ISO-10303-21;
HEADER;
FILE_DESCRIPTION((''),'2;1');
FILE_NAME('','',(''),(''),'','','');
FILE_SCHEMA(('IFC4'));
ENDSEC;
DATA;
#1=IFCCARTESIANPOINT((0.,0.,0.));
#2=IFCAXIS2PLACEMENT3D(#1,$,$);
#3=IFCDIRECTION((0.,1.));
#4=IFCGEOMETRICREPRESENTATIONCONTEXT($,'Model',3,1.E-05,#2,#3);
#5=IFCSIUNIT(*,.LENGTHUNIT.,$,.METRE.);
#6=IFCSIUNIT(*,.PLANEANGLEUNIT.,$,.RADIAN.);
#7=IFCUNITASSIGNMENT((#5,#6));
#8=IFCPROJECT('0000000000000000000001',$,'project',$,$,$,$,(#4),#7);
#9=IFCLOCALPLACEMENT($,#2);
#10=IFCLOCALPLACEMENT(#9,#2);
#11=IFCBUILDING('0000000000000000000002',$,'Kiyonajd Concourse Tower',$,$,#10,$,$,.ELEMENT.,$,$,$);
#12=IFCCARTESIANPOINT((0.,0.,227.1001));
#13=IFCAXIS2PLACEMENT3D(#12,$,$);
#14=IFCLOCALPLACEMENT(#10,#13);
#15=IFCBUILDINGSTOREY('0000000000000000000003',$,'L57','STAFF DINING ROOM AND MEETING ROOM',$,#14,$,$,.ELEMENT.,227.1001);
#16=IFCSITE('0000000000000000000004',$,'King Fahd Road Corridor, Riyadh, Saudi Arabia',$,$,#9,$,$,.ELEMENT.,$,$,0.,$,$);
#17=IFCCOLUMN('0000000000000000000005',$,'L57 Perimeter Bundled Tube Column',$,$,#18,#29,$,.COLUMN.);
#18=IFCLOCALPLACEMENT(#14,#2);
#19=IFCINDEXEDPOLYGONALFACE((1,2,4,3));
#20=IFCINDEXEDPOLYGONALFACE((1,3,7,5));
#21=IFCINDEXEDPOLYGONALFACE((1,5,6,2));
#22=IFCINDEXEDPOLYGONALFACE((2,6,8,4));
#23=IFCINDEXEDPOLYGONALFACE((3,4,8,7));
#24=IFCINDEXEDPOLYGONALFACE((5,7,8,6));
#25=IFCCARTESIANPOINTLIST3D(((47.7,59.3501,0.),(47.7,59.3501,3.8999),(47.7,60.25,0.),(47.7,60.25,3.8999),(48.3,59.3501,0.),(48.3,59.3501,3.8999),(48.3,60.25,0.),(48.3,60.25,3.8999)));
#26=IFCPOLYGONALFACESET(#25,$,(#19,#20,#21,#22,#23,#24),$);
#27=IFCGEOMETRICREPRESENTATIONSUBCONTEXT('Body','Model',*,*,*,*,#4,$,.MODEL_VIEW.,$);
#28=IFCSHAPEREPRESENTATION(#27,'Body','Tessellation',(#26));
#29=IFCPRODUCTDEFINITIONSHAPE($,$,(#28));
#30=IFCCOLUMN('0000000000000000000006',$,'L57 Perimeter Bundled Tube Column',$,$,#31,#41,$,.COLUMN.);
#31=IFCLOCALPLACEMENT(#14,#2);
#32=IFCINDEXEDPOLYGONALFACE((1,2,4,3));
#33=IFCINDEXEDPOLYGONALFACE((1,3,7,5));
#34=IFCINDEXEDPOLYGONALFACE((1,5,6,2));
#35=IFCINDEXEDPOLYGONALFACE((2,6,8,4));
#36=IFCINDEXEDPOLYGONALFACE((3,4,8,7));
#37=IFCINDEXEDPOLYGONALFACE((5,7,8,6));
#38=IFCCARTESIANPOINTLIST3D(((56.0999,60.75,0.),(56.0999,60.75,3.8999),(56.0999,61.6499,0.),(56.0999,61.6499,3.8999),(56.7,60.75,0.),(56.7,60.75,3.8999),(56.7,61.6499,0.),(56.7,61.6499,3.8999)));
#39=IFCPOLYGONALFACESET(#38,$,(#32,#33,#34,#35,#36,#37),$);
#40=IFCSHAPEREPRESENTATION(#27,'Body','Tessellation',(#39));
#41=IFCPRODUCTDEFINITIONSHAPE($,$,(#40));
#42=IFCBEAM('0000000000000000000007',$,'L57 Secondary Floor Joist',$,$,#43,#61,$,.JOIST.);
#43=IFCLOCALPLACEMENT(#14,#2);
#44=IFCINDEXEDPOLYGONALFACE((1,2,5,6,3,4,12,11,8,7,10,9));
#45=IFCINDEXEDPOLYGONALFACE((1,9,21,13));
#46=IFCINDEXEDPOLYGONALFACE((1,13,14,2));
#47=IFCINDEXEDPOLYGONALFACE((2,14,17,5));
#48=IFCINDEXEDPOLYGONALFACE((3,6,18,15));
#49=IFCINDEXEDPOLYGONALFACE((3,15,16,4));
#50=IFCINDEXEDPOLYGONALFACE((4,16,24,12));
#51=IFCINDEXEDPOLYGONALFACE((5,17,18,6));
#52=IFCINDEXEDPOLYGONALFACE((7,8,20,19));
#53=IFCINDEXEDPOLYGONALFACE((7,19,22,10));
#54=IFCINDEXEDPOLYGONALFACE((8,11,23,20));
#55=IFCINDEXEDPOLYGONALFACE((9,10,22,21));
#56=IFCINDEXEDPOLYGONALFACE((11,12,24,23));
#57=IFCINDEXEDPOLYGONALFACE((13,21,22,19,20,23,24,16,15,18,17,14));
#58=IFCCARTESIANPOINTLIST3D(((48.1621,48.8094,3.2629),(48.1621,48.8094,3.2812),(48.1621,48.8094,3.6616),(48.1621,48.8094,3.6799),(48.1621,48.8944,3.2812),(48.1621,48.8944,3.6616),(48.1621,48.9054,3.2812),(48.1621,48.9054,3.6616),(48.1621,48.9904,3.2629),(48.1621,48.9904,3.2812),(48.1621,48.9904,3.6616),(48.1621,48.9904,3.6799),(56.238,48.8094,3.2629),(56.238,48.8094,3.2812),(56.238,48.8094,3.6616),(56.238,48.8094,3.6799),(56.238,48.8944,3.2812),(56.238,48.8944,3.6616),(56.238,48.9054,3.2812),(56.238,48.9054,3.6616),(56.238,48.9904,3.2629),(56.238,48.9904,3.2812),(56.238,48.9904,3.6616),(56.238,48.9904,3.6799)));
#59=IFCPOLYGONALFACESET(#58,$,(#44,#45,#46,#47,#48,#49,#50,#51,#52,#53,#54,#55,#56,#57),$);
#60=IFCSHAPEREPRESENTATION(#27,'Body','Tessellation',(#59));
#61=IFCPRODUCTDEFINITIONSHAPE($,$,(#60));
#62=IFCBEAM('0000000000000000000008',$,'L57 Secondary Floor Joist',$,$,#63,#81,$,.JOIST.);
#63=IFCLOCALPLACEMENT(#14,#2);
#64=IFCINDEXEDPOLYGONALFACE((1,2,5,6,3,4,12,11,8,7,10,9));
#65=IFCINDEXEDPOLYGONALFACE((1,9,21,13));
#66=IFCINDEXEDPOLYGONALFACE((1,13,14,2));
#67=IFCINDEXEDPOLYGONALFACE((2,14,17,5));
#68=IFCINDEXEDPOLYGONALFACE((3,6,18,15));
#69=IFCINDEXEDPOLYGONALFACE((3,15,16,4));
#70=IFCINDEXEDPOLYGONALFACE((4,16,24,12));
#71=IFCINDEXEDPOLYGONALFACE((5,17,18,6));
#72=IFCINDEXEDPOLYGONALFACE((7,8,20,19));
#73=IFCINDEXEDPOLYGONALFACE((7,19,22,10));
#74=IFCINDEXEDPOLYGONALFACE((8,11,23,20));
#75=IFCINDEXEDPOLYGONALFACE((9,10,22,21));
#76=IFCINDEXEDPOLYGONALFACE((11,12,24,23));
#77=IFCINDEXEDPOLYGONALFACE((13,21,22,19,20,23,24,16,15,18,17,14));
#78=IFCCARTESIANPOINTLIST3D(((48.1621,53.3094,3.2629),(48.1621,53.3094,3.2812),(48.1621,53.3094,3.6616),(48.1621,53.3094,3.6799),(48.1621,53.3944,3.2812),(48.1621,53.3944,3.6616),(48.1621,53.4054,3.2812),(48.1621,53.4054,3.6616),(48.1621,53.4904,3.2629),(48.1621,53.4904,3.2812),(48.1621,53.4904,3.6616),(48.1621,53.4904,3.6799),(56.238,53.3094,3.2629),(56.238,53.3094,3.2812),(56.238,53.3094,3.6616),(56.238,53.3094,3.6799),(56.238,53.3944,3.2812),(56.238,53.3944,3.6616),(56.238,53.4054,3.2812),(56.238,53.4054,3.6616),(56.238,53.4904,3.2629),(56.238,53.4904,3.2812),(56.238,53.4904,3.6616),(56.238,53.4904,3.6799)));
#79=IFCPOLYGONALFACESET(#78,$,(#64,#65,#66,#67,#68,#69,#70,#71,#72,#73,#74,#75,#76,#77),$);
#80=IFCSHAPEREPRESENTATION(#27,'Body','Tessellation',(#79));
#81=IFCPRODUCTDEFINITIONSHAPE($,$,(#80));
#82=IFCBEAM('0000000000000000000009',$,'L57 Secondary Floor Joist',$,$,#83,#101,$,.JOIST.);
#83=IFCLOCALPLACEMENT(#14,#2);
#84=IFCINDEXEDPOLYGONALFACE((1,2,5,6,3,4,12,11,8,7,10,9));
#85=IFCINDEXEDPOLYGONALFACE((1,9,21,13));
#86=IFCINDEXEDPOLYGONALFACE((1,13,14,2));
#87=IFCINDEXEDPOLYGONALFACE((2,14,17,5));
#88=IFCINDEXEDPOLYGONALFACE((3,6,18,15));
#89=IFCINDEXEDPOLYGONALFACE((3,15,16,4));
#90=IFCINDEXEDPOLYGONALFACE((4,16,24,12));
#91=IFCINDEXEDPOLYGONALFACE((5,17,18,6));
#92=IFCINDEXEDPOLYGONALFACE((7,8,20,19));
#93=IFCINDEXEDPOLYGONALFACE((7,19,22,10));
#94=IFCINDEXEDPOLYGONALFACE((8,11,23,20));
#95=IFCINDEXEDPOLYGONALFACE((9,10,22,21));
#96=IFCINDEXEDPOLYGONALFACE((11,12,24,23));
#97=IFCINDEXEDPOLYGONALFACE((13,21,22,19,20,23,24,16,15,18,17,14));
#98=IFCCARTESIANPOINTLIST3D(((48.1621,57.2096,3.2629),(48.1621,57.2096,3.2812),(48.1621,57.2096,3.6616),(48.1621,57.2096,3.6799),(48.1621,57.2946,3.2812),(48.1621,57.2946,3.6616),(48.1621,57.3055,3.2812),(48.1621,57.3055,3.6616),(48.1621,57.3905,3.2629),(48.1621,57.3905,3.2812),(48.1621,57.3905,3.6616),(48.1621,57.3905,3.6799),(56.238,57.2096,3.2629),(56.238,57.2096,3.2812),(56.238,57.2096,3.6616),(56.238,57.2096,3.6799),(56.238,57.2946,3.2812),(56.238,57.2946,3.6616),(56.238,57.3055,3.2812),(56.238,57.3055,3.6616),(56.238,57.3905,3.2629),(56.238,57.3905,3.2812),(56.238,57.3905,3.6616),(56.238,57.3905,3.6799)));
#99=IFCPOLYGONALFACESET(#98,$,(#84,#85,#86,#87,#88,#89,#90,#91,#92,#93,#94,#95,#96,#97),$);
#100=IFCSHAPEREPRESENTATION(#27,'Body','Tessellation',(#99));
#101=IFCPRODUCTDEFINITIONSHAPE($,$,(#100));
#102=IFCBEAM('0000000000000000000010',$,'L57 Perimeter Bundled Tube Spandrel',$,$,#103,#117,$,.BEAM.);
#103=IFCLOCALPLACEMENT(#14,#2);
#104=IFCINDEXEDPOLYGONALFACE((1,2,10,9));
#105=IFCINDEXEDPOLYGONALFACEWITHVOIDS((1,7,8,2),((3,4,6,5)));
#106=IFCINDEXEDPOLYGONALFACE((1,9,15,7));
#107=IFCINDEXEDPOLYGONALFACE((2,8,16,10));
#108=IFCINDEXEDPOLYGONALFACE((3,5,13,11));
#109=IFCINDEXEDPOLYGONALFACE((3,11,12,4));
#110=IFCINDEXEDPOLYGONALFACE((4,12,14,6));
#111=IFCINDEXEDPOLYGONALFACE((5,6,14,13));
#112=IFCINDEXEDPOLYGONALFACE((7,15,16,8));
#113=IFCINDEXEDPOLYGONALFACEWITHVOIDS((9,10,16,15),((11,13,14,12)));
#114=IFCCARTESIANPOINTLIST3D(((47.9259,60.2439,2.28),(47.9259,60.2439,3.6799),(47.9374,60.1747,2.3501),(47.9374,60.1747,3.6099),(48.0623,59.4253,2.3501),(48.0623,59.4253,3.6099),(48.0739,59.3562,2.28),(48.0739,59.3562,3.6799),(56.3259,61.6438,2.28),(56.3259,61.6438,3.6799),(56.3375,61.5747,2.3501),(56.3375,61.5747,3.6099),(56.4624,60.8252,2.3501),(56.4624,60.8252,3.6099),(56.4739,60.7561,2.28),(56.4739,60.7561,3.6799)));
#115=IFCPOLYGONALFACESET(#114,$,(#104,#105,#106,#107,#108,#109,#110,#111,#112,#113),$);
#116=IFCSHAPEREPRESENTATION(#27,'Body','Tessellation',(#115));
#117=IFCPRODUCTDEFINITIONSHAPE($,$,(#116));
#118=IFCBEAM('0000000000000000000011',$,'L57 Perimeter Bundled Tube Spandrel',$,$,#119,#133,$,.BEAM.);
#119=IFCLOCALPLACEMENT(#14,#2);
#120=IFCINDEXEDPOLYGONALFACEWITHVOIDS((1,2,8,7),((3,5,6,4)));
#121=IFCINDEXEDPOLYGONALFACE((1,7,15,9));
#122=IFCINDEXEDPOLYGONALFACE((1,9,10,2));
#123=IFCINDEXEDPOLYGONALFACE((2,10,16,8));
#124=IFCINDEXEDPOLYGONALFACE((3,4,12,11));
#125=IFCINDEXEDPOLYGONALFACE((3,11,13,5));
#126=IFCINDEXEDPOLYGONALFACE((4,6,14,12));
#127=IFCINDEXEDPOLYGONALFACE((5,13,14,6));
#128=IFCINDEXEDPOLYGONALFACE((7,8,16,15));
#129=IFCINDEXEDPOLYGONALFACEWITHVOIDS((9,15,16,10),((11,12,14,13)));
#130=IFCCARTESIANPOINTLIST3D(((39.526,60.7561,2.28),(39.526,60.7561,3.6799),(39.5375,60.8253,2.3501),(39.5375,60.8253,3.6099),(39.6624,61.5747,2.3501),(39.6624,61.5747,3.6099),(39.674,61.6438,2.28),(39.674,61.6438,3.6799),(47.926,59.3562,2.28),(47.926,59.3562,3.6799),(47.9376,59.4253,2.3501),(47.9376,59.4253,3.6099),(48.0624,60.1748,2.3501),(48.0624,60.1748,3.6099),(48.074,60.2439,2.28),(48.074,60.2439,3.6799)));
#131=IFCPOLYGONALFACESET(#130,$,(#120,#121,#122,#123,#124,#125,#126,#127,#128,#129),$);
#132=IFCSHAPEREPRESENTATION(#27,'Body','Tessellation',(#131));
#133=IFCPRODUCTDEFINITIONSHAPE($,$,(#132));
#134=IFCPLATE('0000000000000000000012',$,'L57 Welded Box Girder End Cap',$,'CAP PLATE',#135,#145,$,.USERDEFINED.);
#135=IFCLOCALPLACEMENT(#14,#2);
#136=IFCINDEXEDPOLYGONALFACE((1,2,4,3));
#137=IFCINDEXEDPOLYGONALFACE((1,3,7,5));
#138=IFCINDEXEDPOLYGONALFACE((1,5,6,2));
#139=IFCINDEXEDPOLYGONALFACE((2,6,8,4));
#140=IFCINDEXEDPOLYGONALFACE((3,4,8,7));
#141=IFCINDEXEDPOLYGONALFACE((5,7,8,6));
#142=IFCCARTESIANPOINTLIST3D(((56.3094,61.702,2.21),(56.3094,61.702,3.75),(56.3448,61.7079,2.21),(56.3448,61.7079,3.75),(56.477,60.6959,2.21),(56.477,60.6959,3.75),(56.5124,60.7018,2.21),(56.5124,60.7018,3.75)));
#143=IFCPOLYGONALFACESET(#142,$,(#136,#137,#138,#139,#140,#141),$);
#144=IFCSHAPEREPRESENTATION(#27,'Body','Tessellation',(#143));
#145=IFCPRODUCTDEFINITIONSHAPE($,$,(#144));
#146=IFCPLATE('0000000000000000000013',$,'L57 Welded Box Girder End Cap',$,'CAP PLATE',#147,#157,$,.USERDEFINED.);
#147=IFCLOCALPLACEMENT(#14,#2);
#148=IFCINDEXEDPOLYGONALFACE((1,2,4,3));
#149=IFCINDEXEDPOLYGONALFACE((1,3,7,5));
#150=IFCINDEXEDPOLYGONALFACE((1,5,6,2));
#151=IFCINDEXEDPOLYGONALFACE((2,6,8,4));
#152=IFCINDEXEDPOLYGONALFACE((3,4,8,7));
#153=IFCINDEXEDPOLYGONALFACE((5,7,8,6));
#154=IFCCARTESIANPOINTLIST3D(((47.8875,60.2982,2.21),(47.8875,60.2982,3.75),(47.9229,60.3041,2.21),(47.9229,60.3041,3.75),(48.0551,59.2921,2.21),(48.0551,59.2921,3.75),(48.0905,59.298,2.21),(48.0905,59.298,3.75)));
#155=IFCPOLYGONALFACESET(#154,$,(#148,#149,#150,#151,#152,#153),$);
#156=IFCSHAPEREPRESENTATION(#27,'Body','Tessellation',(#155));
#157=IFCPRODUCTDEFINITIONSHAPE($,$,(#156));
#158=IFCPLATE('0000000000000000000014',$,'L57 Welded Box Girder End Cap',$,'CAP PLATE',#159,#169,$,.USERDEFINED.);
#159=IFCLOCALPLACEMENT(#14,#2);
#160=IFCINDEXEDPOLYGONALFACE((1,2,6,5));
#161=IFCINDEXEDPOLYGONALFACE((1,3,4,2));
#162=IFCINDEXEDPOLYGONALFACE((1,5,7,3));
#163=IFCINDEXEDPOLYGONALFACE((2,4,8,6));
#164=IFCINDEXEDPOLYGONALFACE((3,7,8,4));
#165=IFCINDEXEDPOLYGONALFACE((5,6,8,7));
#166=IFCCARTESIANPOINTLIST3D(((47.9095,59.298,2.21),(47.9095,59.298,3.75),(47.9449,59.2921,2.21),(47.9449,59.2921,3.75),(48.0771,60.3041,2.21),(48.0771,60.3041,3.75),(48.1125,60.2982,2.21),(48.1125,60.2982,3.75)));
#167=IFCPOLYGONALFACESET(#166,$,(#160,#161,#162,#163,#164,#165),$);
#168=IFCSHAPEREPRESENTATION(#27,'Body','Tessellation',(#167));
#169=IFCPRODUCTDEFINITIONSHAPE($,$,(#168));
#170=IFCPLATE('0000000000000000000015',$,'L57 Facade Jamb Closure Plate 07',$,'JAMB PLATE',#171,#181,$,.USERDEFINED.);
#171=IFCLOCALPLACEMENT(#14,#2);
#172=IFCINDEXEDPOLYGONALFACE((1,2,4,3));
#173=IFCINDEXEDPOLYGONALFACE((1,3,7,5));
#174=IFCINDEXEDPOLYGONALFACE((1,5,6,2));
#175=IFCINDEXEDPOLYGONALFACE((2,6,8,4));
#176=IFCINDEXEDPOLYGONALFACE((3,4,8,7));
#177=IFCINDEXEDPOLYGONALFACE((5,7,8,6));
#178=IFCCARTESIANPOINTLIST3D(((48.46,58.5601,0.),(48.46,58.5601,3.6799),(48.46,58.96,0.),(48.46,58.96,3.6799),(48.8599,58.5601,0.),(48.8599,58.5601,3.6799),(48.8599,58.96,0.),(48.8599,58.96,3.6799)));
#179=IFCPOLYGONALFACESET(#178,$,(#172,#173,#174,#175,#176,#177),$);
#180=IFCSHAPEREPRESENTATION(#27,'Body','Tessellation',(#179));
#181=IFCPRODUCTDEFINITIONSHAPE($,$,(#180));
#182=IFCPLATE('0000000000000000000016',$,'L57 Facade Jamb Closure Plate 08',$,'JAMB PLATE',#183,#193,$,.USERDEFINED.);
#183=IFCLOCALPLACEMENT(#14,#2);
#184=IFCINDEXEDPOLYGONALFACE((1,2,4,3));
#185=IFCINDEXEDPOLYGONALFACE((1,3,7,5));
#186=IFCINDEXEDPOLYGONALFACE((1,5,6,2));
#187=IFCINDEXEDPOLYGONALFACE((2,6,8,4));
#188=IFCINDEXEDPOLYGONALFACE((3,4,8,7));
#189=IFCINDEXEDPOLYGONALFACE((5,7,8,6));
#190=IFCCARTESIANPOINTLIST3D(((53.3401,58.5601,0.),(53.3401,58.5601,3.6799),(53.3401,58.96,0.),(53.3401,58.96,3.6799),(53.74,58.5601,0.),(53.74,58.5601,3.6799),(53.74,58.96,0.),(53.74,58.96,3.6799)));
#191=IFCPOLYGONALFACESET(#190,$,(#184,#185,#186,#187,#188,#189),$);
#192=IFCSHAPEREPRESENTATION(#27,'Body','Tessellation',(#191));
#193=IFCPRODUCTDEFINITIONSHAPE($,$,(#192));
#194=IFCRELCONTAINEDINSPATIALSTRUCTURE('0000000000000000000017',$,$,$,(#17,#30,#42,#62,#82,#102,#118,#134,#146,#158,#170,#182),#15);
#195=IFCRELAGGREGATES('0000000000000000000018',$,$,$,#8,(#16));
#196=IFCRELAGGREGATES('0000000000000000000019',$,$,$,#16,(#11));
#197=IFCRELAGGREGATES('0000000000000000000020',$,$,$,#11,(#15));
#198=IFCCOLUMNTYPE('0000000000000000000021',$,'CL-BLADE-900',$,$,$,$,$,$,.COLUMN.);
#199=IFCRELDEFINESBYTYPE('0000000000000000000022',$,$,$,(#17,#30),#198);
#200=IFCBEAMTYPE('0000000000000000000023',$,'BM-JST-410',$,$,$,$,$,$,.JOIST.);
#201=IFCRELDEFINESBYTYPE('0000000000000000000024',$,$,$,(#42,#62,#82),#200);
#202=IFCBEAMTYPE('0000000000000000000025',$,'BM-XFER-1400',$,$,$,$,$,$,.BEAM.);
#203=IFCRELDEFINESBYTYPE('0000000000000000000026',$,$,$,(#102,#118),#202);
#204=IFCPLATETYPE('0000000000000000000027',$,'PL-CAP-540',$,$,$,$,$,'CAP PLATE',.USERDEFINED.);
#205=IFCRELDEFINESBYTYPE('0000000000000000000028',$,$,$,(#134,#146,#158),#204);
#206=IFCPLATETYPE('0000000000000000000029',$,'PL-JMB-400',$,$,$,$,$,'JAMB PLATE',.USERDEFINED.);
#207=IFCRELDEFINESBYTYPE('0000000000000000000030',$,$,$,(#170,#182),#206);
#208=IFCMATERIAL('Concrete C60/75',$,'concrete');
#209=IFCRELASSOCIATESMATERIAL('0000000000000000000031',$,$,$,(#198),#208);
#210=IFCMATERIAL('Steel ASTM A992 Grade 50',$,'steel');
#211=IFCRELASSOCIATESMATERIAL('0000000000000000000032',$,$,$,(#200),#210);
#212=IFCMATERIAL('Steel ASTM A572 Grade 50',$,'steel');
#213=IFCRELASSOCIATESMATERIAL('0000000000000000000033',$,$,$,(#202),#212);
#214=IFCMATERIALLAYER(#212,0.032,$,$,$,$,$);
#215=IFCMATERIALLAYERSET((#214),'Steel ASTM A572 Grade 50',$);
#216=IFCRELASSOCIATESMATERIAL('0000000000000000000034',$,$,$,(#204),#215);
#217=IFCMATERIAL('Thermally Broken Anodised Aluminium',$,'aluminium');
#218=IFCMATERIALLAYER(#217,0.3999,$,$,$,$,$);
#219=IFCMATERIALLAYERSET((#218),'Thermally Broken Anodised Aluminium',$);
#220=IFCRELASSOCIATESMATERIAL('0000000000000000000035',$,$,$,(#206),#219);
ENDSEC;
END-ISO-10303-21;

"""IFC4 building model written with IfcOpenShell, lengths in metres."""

from ifc_helpers import new_model, si_unit, direction, frame, origin, origin_2d, place, context, subcontext, project, spatial, rectangle, hollow_rectangle, i_section, extrude, material, layer, layer_set, material_profile, profile_set, type_object, element, save


model = new_model("IFC4")

# Units and contexts
model_context = context("Model", 3, precision=1e-05, world=origin(), true_north=direction((0.0, 1.0)))
body_context = subcontext(model_context, "Body", "Model", "MODEL_VIEW")
ifc_project = project(units=[si_unit("LENGTHUNIT", "METRE"), si_unit("PLANEANGLEUNIT", "RADIAN")], contexts=[model_context])

# Site, building, storey
site_placement = place(None, origin())
site = spatial("IfcSite", under=ifc_project, at=site_placement, Name="King Fahd Road Corridor, Riyadh, Saudi Arabia", CompositionType="ELEMENT", RefElevation=0.0)
building_placement = place(site_placement, origin())
building = spatial("IfcBuilding", under=site, at=building_placement, Name="Kiyonajd Concourse Tower", CompositionType="ELEMENT")
storey_placement = place(building_placement, frame((0.0, 0.0, 227.1001)))
storey = spatial("IfcBuildingStorey", under=building, at=storey_placement, Name="L57", Description="STAFF DINING ROOM AND MEETING ROOM", CompositionType="ELEMENT", Elevation=227.1001)

# Columns
ifc_material_1 = material(Name="Concrete C60/75", Category="concrete")
ifc_material_profile_1 = material_profile(ifc_material_1, rectangle(XDim=0.6001, YDim=0.8999, at=origin_2d()), Name="RC-900x600")
ifc_profile_set_1 = profile_set([ifc_material_profile_1], Name="Concrete C60/75")
column_type = type_object("IfcColumnType", Name="CL-BLADE-900", PredefinedType="COLUMN", material=ifc_profile_set_1)
for number, where, z_axis, x_axis, name in (
    (1, (48.0, 59.8, 0.0), (0.0, 0.0, 1.0), (1.0, 0.0, 0.0), "L57 Perimeter Bundled Tube Column"),
    (2, (56.3999, 61.2, 0.0), (0.0, 0.0, 1.0), (1.0, 0.0, 0.0), "L57 Perimeter Bundled Tube Column"),
):
    element("IfcColumn", number, at=place(storey_placement, frame(where, z_axis=z_axis, x_axis=x_axis)), inside=storey, type_object=column_type, Name=name, PredefinedType="COLUMN", context=body_context, shape_type="SweptSolid", body=[
        extrude(rectangle(XDim=0.6001, YDim=0.8999, at=origin_2d()), origin(), (0.0, 0.0, 1.0), 3.8999),
    ])

# Beams
ifc_material_2 = material(Name="Steel ASTM A992 Grade 50", Category="steel")
ifc_material_profile_2 = material_profile(ifc_material_2, i_section(OverallWidth=0.1809, OverallDepth=0.417, WebThickness=0.011, FlangeThickness=0.0183, at=origin_2d()), Name="W410X85")
ifc_profile_set_2 = profile_set([ifc_material_profile_2], Name="Steel ASTM A992 Grade 50")
beam_type_1 = type_object("IfcBeamType", Name="BM-JST-410", PredefinedType="JOIST", material=ifc_profile_set_2)
for number, where, z_axis, x_axis, name in (
    (3, (48.1621, 48.8999, 3.4714), (1.0, 0.0, 0.0), (0.0, 1.0, 0.0), "L57 Secondary Floor Joist"),
    (4, (48.1621, 53.3999, 3.4714), (1.0, 0.0, 0.0), (0.0, 1.0, 0.0), "L57 Secondary Floor Joist"),
    (5, (48.1621, 57.3, 3.4714), (1.0, 0.0, 0.0), (0.0, 1.0, 0.0), "L57 Secondary Floor Joist"),
):
    element("IfcBeam", number, at=place(storey_placement, frame(where, z_axis=z_axis, x_axis=x_axis)), inside=storey, type_object=beam_type_1, Name=name, PredefinedType="JOIST", context=body_context, shape_type="SweptSolid", body=[
        extrude(i_section(OverallWidth=0.1809, OverallDepth=0.417, WebThickness=0.011, FlangeThickness=0.0183, at=origin_2d()), origin(), (0.0, 0.0, 1.0), 8.0759),
    ])
ifc_material_3 = material(Name="Steel ASTM A572 Grade 50", Category="steel")
ifc_material_profile_3 = material_profile(ifc_material_3, hollow_rectangle(XDim=0.8999, YDim=1.3999, WallThickness=0.0701, at=origin_2d()), Name="BOX-1400x900x70")
ifc_profile_set_3 = profile_set([ifc_material_profile_3], Name="Steel ASTM A572 Grade 50")
beam_type_2 = type_object("IfcBeamType", Name="BM-XFER-1400", PredefinedType="BEAM", material=ifc_profile_set_3)
for number, where, z_axis, x_axis, name in (
    (6, (56.3999, 61.2, 2.98), (-0.986395, -0.16439, 0.0), (0.16439, -0.986395, 0.0), "L57 Perimeter Bundled Tube Spandrel"),
    (7, (48.0, 59.8, 2.98), (-0.986395, 0.16439, 0.0), (-0.16439, -0.986395, 0.0), "L57 Perimeter Bundled Tube Spandrel"),
):
    element("IfcBeam", number, at=place(storey_placement, frame(where, z_axis=z_axis, x_axis=x_axis)), inside=storey, type_object=beam_type_2, Name=name, PredefinedType="BEAM", context=body_context, shape_type="SweptSolid", body=[
        extrude(hollow_rectangle(XDim=0.8999, YDim=1.3999, WallThickness=0.0701, at=origin_2d()), origin(), (0.0, 0.0, 1.0), 8.5159),
    ])

# Plates
ifc_layer_1 = layer(ifc_material_3, 0.032)
ifc_layer_set_1 = layer_set([ifc_layer_1], Name="Steel ASTM A572 Grade 50")
plate_type_1 = type_object("IfcPlateType", Name="PL-CAP-540", ElementType="CAP PLATE", PredefinedType="USERDEFINED", material=ifc_layer_set_1)
for number, where, z_axis, x_axis, name in (
    (8, (56.4109, 61.2019, 2.21), (0.0, 0.0, 1.0), (0.986401, 0.164359, 0.0), "L57 Welded Box Girder End Cap"),
    (9, (47.989, 59.7981, 2.21), (0.0, 0.0, 1.0), (-0.986401, -0.164359, 0.0), "L57 Welded Box Girder End Cap"),
    (10, (48.011, 59.7981, 2.21), (0.0, 0.0, 1.0), (0.986401, -0.164359, 0.0), "L57 Welded Box Girder End Cap"),
):
    element("IfcPlate", number, at=place(storey_placement, frame(where, z_axis=z_axis, x_axis=x_axis)), inside=storey, type_object=plate_type_1, Name=name, ObjectType="CAP PLATE", PredefinedType="USERDEFINED", context=body_context, shape_type="SweptSolid", body=[
        extrude(rectangle(XDim=0.0359, YDim=1.02, at=origin_2d()), origin(), (0.0, 0.0, 1.0), 1.54),
    ])
ifc_material_4 = material(Name="Thermally Broken Anodised Aluminium", Category="aluminium")
ifc_layer_2 = layer(ifc_material_4, 0.3999)
ifc_layer_set_2 = layer_set([ifc_layer_2], Name="Thermally Broken Anodised Aluminium")
plate_type_2 = type_object("IfcPlateType", Name="PL-JMB-400", ElementType="JAMB PLATE", PredefinedType="USERDEFINED", material=ifc_layer_set_2)
for number, where, z_axis, x_axis, name in (
    (11, (48.6599, 58.76, 0.0), (0.0, 0.0, 1.0), (1.0, 0.0, 0.0), "L57 Facade Jamb Closure Plate 07"),
    (12, (53.54, 58.76, 0.0), (0.0, 0.0, 1.0), (1.0, 0.0, 0.0), "L57 Facade Jamb Closure Plate 08"),
):
    element("IfcPlate", number, at=place(storey_placement, frame(where, z_axis=z_axis, x_axis=x_axis)), inside=storey, type_object=plate_type_2, Name=name, ObjectType="JAMB PLATE", PredefinedType="USERDEFINED", context=body_context, shape_type="SweptSolid", body=[
        extrude(rectangle(XDim=0.3999, YDim=0.3999, at=origin_2d()), origin(), (0.0, 0.0, 1.0), 3.6799),
    ])

save(model, "model.ifc")
